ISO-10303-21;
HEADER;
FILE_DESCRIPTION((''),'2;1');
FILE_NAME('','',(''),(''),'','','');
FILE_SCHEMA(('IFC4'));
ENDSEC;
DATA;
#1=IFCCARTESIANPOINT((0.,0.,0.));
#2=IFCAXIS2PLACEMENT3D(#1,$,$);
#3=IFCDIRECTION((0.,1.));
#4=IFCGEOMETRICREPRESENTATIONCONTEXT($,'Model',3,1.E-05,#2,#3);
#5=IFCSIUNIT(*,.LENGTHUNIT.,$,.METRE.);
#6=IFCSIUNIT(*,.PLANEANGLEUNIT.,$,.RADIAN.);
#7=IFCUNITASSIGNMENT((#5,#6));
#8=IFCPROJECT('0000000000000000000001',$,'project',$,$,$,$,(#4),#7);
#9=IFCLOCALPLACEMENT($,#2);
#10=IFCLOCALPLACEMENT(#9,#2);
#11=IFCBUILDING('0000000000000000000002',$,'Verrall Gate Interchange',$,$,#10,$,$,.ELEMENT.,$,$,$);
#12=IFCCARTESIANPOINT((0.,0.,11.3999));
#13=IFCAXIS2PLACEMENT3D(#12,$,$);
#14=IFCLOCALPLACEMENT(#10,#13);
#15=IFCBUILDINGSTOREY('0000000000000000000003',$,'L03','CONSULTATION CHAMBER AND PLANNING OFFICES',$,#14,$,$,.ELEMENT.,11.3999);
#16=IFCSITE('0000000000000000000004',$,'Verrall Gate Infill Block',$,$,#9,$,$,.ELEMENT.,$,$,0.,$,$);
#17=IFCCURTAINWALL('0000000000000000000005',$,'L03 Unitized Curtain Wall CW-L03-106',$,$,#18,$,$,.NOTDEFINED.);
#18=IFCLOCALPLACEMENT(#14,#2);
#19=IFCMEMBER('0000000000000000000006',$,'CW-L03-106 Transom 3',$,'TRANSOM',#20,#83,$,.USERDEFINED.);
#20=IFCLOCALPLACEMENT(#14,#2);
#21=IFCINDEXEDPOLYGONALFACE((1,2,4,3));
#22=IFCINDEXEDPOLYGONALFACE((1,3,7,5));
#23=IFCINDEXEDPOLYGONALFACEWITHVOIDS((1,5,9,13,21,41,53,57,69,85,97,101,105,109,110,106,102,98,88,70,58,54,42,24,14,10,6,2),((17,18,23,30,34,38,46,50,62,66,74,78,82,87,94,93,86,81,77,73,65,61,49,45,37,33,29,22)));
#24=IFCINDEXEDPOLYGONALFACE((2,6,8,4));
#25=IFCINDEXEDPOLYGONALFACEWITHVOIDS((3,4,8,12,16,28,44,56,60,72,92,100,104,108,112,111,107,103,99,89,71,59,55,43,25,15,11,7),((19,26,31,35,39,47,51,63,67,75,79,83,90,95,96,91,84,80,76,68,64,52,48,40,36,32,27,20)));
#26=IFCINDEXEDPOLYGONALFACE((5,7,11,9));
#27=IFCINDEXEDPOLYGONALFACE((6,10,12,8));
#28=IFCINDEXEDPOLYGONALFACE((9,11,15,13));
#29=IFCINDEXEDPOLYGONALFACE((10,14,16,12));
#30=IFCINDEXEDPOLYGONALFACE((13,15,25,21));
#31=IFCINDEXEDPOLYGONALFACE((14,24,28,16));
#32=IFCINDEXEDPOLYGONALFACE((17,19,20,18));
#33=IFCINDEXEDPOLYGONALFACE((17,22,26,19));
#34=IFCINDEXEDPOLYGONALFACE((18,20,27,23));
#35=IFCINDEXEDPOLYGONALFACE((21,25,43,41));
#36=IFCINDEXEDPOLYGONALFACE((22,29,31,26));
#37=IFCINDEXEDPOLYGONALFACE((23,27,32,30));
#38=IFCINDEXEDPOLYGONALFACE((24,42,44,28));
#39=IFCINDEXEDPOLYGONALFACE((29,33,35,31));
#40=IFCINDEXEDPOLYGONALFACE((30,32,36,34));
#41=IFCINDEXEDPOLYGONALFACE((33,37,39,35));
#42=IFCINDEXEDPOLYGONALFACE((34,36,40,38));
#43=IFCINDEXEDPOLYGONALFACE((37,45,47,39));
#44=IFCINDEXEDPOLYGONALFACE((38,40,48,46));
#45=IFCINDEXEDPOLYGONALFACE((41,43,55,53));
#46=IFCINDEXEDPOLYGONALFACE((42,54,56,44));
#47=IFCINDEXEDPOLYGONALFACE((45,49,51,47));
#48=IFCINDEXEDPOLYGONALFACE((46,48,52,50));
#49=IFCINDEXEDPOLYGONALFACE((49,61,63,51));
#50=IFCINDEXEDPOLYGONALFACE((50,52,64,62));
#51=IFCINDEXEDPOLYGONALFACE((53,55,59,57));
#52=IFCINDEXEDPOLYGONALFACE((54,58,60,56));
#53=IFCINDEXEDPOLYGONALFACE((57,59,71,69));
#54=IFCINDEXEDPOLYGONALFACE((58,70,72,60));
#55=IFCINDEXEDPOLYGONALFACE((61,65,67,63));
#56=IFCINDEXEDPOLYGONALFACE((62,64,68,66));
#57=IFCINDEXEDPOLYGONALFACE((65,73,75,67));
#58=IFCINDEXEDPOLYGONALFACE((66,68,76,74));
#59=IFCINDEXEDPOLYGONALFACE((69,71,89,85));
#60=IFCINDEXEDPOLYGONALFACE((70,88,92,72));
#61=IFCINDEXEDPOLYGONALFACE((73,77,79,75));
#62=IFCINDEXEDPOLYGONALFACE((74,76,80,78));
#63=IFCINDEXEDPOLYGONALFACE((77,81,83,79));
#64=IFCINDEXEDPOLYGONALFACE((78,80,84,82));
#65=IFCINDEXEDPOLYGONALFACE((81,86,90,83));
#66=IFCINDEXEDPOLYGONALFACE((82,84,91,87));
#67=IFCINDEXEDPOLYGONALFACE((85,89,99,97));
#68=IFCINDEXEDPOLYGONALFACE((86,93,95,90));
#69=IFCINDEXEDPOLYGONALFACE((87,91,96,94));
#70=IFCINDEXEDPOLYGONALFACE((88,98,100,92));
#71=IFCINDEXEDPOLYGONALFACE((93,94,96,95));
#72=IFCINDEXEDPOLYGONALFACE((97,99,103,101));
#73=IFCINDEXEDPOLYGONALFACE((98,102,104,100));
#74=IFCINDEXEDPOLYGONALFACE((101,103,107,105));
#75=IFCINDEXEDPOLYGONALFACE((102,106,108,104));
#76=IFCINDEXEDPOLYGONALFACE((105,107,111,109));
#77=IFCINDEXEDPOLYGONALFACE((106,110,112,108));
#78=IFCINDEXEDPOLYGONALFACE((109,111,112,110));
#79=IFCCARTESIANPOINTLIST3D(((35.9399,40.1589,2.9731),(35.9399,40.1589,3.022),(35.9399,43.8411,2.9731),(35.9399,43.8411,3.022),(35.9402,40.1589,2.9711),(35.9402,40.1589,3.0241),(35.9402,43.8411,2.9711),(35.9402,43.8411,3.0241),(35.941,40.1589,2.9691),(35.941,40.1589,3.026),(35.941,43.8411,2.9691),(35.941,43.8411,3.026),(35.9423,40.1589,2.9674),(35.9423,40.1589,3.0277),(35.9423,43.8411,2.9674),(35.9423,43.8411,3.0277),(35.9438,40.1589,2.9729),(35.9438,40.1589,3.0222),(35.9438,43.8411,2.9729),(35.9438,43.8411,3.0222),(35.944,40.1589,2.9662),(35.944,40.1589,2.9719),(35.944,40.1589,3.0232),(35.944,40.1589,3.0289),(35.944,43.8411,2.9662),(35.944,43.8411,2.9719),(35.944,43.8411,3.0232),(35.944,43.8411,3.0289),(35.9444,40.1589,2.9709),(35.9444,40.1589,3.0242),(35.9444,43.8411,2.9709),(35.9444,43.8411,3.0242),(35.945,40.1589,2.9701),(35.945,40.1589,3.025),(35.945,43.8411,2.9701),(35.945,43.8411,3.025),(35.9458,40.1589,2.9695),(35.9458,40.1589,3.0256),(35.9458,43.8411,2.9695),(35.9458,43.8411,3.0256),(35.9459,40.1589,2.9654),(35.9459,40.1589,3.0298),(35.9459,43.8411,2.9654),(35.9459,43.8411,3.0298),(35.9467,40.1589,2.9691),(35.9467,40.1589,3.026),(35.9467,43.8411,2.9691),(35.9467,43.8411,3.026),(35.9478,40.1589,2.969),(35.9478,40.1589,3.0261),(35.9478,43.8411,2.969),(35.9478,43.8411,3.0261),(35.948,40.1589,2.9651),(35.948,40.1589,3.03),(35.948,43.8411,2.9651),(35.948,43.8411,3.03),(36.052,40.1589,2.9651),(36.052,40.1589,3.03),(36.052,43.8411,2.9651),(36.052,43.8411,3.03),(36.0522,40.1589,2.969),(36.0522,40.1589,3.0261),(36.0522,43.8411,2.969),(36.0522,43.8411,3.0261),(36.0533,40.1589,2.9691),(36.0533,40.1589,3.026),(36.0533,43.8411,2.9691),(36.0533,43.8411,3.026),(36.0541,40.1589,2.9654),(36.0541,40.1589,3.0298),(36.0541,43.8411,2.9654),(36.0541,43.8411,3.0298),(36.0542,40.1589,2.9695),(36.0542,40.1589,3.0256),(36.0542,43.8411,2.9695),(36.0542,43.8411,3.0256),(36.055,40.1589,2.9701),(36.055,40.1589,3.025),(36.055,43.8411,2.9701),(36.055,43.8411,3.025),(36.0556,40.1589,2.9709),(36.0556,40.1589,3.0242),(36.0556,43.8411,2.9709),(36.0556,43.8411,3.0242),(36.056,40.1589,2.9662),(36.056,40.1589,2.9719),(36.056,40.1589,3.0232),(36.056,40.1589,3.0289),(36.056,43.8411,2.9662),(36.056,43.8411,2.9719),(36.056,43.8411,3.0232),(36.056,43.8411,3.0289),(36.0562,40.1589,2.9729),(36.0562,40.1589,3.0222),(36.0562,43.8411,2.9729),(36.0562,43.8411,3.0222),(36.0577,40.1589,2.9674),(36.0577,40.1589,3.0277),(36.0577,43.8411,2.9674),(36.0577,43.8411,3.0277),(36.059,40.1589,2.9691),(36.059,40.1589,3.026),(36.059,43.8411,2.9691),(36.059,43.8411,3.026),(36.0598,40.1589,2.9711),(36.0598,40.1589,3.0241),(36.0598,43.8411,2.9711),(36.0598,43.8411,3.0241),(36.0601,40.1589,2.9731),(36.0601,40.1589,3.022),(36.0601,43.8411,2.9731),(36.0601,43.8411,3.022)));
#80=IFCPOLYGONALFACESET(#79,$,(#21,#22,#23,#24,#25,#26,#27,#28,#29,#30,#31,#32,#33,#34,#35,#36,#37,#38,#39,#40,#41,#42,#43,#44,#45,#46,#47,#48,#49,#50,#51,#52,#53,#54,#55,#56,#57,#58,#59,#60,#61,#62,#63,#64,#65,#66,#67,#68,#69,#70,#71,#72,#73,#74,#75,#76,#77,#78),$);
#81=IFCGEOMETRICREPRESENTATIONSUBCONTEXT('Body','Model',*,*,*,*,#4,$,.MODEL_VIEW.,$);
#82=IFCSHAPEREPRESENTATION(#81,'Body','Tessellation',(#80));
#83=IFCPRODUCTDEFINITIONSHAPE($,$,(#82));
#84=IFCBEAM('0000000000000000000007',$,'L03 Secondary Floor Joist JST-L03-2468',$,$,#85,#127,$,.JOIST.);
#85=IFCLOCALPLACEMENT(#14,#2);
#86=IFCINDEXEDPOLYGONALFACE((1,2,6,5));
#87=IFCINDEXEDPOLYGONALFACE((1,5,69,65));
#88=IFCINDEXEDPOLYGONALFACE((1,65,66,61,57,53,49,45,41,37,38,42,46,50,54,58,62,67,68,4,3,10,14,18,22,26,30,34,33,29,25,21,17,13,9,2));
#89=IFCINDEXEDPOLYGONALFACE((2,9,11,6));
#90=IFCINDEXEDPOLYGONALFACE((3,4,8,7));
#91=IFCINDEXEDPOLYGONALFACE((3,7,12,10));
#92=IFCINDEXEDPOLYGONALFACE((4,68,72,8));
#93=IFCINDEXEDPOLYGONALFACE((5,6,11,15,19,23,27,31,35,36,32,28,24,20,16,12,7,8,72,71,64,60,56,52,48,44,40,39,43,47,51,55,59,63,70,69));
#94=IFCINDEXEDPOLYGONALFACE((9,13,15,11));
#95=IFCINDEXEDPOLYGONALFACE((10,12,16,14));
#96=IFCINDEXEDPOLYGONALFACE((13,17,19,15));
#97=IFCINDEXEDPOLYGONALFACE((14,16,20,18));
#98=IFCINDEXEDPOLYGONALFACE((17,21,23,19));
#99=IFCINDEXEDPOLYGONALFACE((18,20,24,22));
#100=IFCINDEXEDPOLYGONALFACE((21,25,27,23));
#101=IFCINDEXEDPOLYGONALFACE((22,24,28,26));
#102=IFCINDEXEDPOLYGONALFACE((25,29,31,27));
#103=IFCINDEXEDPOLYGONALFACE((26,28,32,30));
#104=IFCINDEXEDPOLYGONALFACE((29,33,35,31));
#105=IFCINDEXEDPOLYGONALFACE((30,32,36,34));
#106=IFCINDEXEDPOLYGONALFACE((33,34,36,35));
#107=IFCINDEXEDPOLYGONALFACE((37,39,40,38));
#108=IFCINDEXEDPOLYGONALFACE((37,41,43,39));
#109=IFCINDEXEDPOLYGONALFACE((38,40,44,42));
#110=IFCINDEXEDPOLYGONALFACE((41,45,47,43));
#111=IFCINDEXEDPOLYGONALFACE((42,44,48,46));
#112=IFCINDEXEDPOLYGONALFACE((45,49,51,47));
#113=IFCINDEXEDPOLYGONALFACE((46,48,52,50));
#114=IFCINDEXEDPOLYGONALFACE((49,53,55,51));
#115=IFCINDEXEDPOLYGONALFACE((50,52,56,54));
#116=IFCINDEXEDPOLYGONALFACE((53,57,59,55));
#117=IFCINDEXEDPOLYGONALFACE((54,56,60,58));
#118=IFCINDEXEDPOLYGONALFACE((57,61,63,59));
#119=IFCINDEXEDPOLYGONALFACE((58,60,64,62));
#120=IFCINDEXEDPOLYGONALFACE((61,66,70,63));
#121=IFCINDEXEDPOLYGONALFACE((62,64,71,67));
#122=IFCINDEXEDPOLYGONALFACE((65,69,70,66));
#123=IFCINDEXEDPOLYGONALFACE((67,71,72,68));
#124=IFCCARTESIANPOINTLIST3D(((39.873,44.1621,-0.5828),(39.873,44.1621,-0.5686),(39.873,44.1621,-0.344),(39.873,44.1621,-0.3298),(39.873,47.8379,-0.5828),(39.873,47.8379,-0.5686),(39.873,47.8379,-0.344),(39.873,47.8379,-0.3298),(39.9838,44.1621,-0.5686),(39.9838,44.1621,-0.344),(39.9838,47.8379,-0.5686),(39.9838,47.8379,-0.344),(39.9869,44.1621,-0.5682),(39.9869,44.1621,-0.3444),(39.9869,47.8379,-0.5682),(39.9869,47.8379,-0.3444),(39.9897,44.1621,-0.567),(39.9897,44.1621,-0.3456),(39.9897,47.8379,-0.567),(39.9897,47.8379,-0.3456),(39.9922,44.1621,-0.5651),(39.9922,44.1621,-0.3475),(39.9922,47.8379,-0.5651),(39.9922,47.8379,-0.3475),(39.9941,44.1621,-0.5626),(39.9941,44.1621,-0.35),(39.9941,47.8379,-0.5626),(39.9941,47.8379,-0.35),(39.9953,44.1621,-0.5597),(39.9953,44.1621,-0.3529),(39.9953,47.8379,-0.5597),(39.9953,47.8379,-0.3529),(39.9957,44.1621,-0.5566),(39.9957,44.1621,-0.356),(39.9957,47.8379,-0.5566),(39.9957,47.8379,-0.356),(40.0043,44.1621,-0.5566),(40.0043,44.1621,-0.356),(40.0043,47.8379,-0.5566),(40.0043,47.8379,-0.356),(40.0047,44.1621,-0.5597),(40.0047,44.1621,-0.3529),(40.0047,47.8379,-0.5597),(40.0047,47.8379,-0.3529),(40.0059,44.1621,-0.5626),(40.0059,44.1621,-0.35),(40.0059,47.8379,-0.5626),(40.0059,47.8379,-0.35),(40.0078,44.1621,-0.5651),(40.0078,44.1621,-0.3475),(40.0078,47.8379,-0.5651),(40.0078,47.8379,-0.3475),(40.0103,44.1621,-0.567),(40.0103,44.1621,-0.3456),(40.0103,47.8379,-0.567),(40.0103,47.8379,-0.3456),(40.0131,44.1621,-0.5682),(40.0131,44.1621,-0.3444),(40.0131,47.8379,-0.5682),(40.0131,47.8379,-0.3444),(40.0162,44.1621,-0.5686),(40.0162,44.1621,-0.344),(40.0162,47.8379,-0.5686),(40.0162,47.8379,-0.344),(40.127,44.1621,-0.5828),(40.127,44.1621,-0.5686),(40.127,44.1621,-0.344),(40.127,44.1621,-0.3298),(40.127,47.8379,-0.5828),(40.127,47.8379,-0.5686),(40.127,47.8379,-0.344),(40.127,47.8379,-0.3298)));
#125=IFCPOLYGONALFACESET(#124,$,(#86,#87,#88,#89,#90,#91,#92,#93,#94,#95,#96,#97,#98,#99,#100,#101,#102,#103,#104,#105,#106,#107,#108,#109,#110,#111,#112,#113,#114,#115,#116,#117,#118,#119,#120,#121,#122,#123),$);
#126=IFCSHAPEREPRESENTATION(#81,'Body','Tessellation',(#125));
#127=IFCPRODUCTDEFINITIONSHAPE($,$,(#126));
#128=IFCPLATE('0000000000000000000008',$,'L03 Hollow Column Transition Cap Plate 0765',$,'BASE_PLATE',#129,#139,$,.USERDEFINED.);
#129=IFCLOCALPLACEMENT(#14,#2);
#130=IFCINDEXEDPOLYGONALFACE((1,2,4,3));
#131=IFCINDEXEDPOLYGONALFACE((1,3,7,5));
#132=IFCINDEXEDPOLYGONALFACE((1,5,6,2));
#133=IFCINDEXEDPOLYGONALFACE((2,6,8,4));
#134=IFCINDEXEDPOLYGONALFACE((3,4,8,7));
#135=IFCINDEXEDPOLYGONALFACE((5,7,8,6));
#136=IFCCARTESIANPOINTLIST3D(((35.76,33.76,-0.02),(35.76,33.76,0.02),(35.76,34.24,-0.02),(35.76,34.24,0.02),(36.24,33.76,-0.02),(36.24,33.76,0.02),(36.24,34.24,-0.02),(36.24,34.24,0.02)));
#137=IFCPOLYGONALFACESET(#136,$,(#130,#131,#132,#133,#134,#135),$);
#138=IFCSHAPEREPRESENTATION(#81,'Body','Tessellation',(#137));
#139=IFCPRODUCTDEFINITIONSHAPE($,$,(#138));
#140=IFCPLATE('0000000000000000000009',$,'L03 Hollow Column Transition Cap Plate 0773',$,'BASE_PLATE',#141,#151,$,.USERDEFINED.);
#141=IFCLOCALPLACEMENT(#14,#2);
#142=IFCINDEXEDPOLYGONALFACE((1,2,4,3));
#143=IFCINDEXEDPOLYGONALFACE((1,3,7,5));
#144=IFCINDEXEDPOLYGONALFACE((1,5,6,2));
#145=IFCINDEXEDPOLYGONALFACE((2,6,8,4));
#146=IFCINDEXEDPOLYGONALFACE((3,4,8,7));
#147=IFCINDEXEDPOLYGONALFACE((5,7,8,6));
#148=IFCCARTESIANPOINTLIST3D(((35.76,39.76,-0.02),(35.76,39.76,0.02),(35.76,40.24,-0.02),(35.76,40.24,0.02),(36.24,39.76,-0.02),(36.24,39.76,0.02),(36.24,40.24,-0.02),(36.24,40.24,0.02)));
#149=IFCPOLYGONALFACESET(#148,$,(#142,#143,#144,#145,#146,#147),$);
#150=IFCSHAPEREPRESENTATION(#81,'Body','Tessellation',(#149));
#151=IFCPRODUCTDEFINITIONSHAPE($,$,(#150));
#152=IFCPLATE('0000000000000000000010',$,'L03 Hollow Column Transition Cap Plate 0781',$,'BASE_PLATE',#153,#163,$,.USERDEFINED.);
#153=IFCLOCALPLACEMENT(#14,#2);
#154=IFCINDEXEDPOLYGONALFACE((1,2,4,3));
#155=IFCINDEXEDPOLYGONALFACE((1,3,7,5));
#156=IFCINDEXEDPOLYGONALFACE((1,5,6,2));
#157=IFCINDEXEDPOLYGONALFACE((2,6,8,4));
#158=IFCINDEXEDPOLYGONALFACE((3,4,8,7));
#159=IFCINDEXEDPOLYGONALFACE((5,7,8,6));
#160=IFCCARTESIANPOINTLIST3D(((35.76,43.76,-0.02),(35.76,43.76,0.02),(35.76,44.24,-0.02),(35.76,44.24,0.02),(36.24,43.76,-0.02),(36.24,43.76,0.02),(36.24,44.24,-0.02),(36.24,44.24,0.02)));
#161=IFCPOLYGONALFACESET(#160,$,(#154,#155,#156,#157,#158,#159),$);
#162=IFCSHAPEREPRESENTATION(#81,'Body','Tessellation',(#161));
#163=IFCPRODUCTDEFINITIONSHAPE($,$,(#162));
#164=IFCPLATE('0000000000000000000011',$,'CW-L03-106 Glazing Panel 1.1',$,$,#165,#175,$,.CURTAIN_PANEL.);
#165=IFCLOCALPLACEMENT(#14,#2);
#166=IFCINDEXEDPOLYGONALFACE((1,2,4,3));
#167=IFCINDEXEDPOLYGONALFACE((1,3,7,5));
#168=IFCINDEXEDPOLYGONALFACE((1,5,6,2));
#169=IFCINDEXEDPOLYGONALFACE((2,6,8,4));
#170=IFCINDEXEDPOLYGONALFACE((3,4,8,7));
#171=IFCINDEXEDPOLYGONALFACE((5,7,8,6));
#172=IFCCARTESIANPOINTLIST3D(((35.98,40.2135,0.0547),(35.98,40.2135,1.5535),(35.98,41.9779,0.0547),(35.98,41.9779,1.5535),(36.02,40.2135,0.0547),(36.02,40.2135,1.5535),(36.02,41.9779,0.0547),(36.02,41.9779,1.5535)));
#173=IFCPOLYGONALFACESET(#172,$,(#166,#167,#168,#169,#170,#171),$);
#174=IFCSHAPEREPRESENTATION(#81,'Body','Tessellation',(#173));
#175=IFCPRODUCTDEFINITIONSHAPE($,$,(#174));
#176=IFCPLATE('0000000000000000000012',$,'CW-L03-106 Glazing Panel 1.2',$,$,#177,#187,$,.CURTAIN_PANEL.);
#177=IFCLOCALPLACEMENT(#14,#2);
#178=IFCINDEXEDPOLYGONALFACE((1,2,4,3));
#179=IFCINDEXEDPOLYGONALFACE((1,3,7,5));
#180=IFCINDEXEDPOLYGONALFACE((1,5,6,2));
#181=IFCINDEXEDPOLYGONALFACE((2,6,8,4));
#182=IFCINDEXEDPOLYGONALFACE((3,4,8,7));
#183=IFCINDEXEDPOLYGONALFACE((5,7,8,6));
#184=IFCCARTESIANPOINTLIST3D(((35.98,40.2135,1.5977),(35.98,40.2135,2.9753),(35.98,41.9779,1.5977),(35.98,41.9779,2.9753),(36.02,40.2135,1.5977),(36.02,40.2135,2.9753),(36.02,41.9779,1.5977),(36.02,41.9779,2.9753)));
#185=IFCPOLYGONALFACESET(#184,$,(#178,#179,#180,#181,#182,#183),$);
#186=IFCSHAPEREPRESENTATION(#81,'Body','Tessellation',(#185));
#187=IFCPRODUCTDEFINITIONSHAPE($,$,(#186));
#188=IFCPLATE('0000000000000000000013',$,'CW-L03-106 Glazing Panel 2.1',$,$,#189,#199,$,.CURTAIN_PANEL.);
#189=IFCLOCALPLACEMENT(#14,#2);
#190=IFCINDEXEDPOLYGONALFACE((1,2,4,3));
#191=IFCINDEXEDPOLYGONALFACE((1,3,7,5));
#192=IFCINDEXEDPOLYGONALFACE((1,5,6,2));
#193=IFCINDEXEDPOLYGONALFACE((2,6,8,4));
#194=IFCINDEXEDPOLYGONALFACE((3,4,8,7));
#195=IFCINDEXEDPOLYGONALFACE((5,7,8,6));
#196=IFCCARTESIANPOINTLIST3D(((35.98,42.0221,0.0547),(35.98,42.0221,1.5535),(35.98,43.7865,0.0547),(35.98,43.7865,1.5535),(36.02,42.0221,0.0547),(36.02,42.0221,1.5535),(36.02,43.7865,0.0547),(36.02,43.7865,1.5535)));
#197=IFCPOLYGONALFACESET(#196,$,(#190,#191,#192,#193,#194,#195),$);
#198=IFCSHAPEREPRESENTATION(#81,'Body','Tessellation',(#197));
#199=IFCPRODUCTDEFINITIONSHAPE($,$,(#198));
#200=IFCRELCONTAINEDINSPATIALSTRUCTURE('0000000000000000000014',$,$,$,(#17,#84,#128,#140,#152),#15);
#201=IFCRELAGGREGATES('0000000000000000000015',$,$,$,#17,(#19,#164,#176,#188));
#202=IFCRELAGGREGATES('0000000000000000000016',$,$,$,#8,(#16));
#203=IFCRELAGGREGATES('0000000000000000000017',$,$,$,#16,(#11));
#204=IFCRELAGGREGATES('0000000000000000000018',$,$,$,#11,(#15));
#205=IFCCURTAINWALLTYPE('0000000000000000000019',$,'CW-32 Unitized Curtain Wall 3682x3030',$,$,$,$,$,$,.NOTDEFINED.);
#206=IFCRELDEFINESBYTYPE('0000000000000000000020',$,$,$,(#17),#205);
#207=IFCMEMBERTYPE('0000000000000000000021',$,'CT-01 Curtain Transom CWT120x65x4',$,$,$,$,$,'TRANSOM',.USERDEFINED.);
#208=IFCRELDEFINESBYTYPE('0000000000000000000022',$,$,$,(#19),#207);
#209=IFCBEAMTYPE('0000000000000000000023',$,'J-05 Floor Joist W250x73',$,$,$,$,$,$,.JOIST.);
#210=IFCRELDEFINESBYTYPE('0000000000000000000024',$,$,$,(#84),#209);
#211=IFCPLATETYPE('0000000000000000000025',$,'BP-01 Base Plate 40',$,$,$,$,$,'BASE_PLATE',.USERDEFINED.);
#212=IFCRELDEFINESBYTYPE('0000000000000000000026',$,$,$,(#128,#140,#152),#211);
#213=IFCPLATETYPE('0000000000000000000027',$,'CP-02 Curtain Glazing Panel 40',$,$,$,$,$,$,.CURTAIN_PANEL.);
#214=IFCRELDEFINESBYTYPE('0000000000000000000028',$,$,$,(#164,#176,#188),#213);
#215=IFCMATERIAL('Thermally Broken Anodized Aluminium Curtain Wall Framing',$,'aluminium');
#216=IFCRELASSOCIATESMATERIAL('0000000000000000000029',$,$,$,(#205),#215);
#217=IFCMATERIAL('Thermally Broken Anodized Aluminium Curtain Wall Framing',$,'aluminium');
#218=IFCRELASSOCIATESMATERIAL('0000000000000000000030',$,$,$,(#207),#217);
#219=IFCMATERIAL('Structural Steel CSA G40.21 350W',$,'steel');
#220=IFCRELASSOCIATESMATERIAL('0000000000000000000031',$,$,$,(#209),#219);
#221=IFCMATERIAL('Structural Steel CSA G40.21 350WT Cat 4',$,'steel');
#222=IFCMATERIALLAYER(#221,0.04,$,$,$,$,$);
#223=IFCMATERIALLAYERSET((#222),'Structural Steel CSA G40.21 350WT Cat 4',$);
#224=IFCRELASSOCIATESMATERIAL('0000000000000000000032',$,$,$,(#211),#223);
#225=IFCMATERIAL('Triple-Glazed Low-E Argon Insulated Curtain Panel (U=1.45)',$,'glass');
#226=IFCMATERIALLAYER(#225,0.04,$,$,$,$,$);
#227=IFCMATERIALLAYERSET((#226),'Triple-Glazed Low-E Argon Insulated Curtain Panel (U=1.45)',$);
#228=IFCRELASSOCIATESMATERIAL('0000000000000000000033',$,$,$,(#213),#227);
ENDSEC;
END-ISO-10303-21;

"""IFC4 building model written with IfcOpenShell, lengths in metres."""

from ifc_helpers import new_model, si_unit, direction, frame, origin, origin_2d, place, context, subcontext, project, spatial, rectangle, hollow_rectangle, i_section, extrude, material, layer, layer_set, material_profile, profile_set, type_object, element, aggregate, save


model = new_model("IFC4")

# Units and contexts
model_context = context("Model", 3, precision=1e-05, world=origin(), true_north=direction((0.0, 1.0)))
body_context = subcontext(model_context, "Body", "Model", "MODEL_VIEW")
ifc_project = project(units=[si_unit("LENGTHUNIT", "METRE"), si_unit("PLANEANGLEUNIT", "RADIAN")], contexts=[model_context])

# Site, building, storey
site_placement = place(None, origin())
site = spatial("IfcSite", under=ifc_project, at=site_placement, Name="Verrall Gate Infill Block", CompositionType="ELEMENT", RefElevation=0.0)
building_placement = place(site_placement, origin())
building = spatial("IfcBuilding", under=site, at=building_placement, Name="Verrall Gate Interchange", CompositionType="ELEMENT")
storey_placement = place(building_placement, frame((0.0, 0.0, 11.3999)))
storey = spatial("IfcBuildingStorey", under=building, at=storey_placement, Name="L03", Description="CONSULTATION CHAMBER AND PLANNING OFFICES", CompositionType="ELEMENT", Elevation=11.3999)

# Curtain wall, member
ifc_material_1 = material(Name="Thermally Broken Anodized Aluminium Curtain Wall Framing", Category="aluminium")
curtain_wall_type = type_object("IfcCurtainWallType", Name="CW-32 Unitized Curtain Wall 3682x3030", PredefinedType="NOTDEFINED", material=ifc_material_1)
curtain_wall_placement = place(storey_placement, origin())
curtain_wall = element("IfcCurtainWall", 1, at=curtain_wall_placement, inside=storey, type_object=curtain_wall_type, Name="L03 Unitized Curtain Wall CW-L03-106", PredefinedType="NOTDEFINED")
ifc_material_2 = material(Name="Thermally Broken Anodized Aluminium Curtain Wall Framing", Category="aluminium")
ifc_material_profile_1 = material_profile(ifc_material_2, hollow_rectangle(XDim=0.1201, YDim=0.0649, WallThickness=0.0039, InnerFilletRadius=0.0039, OuterFilletRadius=0.0081, at=origin_2d()), Name="CWT120x65x4")
ifc_profile_set_1 = profile_set([ifc_material_profile_1], Name="Thermally Broken Anodized Aluminium Curtain Wall Framing")
member_type_1 = type_object("IfcMemberType", Name="CT-01 Curtain Transom CWT120x65x4", ElementType="TRANSOM", PredefinedType="USERDEFINED", material=ifc_profile_set_1)
member_1_placement = place(storey_placement, frame((36.0, 40.1589, 2.9976), z_axis=(0.0, 1.0, 0.0), x_axis=(-1.0, 0.0, 0.0)))
member_1 = element("IfcMember", 2, at=member_1_placement, type_object=member_type_1, Name="CW-L03-106 Transom 3", ObjectType="TRANSOM", PredefinedType="USERDEFINED", context=body_context, shape_type="SweptSolid", body=[
    extrude(hollow_rectangle(XDim=0.1201, YDim=0.0649, WallThickness=0.0039, InnerFilletRadius=0.0039, OuterFilletRadius=0.0081, at=origin_2d()), origin(), (0.0, 0.0, 1.0), 3.6821),
])

# Beam
ifc_material_3 = material(Name="Structural Steel CSA G40.21 350W", Category="steel")
ifc_material_profile_2 = material_profile(ifc_material_3, i_section(OverallWidth=0.2539, OverallDepth=0.2529, WebThickness=0.0085, FlangeThickness=0.0142, FilletRadius=0.012, at=origin_2d()), Name="W250x73")
ifc_profile_set_2 = profile_set([ifc_material_profile_2], Name="Structural Steel CSA G40.21 350W")
beam_type_1 = type_object("IfcBeamType", Name="J-05 Floor Joist W250x73", PredefinedType="JOIST", material=ifc_profile_set_2)
beam_1_placement = place(storey_placement, frame((40.0, 44.1621, -0.4563), z_axis=(0.0, 1.0, 0.0), x_axis=(-1.0, 0.0, 0.0)))
element("IfcBeam", 3, at=beam_1_placement, inside=storey, type_object=beam_type_1, Name="L03 Secondary Floor Joist JST-L03-2468", PredefinedType="JOIST", context=body_context, shape_type="SweptSolid", body=[
    extrude(i_section(OverallWidth=0.2539, OverallDepth=0.2529, WebThickness=0.0085, FlangeThickness=0.0142, FilletRadius=0.012, at=origin_2d()), origin(), (0.0, 0.0, 1.0), 3.6758),
])

# Plates
ifc_material_4 = material(Name="Structural Steel CSA G40.21 350WT Cat 4", Category="steel")
ifc_layer_1 = layer(ifc_material_4, 0.04)
ifc_layer_set_1 = layer_set([ifc_layer_1], Name="Structural Steel CSA G40.21 350WT Cat 4")
plate_type_1 = type_object("IfcPlateType", Name="BP-01 Base Plate 40", ElementType="BASE_PLATE", PredefinedType="USERDEFINED", material=ifc_layer_set_1)
for number, where, z_axis, x_axis, name in (
    (4, (36.0, 34.0, -0.02), (0.0, 0.0, 1.0), (1.0, 0.0, 0.0), "L03 Hollow Column Transition Cap Plate 0765"),
    (5, (36.0, 40.0, -0.02), (0.0, 0.0, 1.0), (1.0, 0.0, 0.0), "L03 Hollow Column Transition Cap Plate 0773"),
    (6, (36.0, 44.0, -0.02), (0.0, 0.0, 1.0), (1.0, 0.0, 0.0), "L03 Hollow Column Transition Cap Plate 0781"),
):
    element("IfcPlate", number, at=place(storey_placement, frame(where, z_axis=z_axis, x_axis=x_axis)), inside=storey, type_object=plate_type_1, Name=name, ObjectType="BASE_PLATE", PredefinedType="USERDEFINED", context=body_context, shape_type="SweptSolid", body=[
        extrude(rectangle(XDim=0.48, YDim=0.48, at=origin_2d()), origin(), (0.0, 0.0, 1.0), 0.04),
    ])

# Plates
ifc_material_5 = material(Name="Triple-Glazed Low-E Argon Insulated Curtain Panel (U=1.45)", Category="glass")
ifc_layer_2 = layer(ifc_material_5, 0.04)
ifc_layer_set_2 = layer_set([ifc_layer_2], Name="Triple-Glazed Low-E Argon Insulated Curtain Panel (U=1.45)")
plate_type_2 = type_object("IfcPlateType", Name="CP-02 Curtain Glazing Panel 40", PredefinedType="CURTAIN_PANEL", material=ifc_layer_set_2)
plate_1_placement = place(storey_placement, frame((36.0, 41.0957, 0.0547), z_axis=(0.0, 0.0, 1.0), x_axis=(0.0, 1.0, 0.0)))
plate_1 = element("IfcPlate", 7, at=plate_1_placement, type_object=plate_type_2, Name="CW-L03-106 Glazing Panel 1.1", PredefinedType="CURTAIN_PANEL", context=body_context, shape_type="SweptSolid", body=[
    extrude(rectangle(XDim=1.7644, YDim=0.04, at=origin_2d()), origin(), (0.0, 0.0, 1.0), 1.4988),
])
plate_2_placement = place(storey_placement, frame((36.0, 41.0957, 1.5977), z_axis=(0.0, 0.0, 1.0), x_axis=(0.0, 1.0, 0.0)))
plate_2 = element("IfcPlate", 8, at=plate_2_placement, type_object=plate_type_2, Name="CW-L03-106 Glazing Panel 1.2", PredefinedType="CURTAIN_PANEL", context=body_context, shape_type="SweptSolid", body=[
    extrude(rectangle(XDim=1.7644, YDim=0.04, at=origin_2d()), origin(), (0.0, 0.0, 1.0), 1.3777),
])
plate_3_placement = place(storey_placement, frame((36.0, 42.9043, 0.0547), z_axis=(0.0, 0.0, 1.0), x_axis=(0.0, 1.0, 0.0)))
plate_3 = element("IfcPlate", 9, at=plate_3_placement, type_object=plate_type_2, Name="CW-L03-106 Glazing Panel 2.1", PredefinedType="CURTAIN_PANEL", context=body_context, shape_type="SweptSolid", body=[
    extrude(rectangle(XDim=1.7644, YDim=0.04, at=origin_2d()), origin(), (0.0, 0.0, 1.0), 1.4988),
])
aggregate(curtain_wall, [member_1, plate_1, plate_2, plate_3])

save(model, "model.ifc")
